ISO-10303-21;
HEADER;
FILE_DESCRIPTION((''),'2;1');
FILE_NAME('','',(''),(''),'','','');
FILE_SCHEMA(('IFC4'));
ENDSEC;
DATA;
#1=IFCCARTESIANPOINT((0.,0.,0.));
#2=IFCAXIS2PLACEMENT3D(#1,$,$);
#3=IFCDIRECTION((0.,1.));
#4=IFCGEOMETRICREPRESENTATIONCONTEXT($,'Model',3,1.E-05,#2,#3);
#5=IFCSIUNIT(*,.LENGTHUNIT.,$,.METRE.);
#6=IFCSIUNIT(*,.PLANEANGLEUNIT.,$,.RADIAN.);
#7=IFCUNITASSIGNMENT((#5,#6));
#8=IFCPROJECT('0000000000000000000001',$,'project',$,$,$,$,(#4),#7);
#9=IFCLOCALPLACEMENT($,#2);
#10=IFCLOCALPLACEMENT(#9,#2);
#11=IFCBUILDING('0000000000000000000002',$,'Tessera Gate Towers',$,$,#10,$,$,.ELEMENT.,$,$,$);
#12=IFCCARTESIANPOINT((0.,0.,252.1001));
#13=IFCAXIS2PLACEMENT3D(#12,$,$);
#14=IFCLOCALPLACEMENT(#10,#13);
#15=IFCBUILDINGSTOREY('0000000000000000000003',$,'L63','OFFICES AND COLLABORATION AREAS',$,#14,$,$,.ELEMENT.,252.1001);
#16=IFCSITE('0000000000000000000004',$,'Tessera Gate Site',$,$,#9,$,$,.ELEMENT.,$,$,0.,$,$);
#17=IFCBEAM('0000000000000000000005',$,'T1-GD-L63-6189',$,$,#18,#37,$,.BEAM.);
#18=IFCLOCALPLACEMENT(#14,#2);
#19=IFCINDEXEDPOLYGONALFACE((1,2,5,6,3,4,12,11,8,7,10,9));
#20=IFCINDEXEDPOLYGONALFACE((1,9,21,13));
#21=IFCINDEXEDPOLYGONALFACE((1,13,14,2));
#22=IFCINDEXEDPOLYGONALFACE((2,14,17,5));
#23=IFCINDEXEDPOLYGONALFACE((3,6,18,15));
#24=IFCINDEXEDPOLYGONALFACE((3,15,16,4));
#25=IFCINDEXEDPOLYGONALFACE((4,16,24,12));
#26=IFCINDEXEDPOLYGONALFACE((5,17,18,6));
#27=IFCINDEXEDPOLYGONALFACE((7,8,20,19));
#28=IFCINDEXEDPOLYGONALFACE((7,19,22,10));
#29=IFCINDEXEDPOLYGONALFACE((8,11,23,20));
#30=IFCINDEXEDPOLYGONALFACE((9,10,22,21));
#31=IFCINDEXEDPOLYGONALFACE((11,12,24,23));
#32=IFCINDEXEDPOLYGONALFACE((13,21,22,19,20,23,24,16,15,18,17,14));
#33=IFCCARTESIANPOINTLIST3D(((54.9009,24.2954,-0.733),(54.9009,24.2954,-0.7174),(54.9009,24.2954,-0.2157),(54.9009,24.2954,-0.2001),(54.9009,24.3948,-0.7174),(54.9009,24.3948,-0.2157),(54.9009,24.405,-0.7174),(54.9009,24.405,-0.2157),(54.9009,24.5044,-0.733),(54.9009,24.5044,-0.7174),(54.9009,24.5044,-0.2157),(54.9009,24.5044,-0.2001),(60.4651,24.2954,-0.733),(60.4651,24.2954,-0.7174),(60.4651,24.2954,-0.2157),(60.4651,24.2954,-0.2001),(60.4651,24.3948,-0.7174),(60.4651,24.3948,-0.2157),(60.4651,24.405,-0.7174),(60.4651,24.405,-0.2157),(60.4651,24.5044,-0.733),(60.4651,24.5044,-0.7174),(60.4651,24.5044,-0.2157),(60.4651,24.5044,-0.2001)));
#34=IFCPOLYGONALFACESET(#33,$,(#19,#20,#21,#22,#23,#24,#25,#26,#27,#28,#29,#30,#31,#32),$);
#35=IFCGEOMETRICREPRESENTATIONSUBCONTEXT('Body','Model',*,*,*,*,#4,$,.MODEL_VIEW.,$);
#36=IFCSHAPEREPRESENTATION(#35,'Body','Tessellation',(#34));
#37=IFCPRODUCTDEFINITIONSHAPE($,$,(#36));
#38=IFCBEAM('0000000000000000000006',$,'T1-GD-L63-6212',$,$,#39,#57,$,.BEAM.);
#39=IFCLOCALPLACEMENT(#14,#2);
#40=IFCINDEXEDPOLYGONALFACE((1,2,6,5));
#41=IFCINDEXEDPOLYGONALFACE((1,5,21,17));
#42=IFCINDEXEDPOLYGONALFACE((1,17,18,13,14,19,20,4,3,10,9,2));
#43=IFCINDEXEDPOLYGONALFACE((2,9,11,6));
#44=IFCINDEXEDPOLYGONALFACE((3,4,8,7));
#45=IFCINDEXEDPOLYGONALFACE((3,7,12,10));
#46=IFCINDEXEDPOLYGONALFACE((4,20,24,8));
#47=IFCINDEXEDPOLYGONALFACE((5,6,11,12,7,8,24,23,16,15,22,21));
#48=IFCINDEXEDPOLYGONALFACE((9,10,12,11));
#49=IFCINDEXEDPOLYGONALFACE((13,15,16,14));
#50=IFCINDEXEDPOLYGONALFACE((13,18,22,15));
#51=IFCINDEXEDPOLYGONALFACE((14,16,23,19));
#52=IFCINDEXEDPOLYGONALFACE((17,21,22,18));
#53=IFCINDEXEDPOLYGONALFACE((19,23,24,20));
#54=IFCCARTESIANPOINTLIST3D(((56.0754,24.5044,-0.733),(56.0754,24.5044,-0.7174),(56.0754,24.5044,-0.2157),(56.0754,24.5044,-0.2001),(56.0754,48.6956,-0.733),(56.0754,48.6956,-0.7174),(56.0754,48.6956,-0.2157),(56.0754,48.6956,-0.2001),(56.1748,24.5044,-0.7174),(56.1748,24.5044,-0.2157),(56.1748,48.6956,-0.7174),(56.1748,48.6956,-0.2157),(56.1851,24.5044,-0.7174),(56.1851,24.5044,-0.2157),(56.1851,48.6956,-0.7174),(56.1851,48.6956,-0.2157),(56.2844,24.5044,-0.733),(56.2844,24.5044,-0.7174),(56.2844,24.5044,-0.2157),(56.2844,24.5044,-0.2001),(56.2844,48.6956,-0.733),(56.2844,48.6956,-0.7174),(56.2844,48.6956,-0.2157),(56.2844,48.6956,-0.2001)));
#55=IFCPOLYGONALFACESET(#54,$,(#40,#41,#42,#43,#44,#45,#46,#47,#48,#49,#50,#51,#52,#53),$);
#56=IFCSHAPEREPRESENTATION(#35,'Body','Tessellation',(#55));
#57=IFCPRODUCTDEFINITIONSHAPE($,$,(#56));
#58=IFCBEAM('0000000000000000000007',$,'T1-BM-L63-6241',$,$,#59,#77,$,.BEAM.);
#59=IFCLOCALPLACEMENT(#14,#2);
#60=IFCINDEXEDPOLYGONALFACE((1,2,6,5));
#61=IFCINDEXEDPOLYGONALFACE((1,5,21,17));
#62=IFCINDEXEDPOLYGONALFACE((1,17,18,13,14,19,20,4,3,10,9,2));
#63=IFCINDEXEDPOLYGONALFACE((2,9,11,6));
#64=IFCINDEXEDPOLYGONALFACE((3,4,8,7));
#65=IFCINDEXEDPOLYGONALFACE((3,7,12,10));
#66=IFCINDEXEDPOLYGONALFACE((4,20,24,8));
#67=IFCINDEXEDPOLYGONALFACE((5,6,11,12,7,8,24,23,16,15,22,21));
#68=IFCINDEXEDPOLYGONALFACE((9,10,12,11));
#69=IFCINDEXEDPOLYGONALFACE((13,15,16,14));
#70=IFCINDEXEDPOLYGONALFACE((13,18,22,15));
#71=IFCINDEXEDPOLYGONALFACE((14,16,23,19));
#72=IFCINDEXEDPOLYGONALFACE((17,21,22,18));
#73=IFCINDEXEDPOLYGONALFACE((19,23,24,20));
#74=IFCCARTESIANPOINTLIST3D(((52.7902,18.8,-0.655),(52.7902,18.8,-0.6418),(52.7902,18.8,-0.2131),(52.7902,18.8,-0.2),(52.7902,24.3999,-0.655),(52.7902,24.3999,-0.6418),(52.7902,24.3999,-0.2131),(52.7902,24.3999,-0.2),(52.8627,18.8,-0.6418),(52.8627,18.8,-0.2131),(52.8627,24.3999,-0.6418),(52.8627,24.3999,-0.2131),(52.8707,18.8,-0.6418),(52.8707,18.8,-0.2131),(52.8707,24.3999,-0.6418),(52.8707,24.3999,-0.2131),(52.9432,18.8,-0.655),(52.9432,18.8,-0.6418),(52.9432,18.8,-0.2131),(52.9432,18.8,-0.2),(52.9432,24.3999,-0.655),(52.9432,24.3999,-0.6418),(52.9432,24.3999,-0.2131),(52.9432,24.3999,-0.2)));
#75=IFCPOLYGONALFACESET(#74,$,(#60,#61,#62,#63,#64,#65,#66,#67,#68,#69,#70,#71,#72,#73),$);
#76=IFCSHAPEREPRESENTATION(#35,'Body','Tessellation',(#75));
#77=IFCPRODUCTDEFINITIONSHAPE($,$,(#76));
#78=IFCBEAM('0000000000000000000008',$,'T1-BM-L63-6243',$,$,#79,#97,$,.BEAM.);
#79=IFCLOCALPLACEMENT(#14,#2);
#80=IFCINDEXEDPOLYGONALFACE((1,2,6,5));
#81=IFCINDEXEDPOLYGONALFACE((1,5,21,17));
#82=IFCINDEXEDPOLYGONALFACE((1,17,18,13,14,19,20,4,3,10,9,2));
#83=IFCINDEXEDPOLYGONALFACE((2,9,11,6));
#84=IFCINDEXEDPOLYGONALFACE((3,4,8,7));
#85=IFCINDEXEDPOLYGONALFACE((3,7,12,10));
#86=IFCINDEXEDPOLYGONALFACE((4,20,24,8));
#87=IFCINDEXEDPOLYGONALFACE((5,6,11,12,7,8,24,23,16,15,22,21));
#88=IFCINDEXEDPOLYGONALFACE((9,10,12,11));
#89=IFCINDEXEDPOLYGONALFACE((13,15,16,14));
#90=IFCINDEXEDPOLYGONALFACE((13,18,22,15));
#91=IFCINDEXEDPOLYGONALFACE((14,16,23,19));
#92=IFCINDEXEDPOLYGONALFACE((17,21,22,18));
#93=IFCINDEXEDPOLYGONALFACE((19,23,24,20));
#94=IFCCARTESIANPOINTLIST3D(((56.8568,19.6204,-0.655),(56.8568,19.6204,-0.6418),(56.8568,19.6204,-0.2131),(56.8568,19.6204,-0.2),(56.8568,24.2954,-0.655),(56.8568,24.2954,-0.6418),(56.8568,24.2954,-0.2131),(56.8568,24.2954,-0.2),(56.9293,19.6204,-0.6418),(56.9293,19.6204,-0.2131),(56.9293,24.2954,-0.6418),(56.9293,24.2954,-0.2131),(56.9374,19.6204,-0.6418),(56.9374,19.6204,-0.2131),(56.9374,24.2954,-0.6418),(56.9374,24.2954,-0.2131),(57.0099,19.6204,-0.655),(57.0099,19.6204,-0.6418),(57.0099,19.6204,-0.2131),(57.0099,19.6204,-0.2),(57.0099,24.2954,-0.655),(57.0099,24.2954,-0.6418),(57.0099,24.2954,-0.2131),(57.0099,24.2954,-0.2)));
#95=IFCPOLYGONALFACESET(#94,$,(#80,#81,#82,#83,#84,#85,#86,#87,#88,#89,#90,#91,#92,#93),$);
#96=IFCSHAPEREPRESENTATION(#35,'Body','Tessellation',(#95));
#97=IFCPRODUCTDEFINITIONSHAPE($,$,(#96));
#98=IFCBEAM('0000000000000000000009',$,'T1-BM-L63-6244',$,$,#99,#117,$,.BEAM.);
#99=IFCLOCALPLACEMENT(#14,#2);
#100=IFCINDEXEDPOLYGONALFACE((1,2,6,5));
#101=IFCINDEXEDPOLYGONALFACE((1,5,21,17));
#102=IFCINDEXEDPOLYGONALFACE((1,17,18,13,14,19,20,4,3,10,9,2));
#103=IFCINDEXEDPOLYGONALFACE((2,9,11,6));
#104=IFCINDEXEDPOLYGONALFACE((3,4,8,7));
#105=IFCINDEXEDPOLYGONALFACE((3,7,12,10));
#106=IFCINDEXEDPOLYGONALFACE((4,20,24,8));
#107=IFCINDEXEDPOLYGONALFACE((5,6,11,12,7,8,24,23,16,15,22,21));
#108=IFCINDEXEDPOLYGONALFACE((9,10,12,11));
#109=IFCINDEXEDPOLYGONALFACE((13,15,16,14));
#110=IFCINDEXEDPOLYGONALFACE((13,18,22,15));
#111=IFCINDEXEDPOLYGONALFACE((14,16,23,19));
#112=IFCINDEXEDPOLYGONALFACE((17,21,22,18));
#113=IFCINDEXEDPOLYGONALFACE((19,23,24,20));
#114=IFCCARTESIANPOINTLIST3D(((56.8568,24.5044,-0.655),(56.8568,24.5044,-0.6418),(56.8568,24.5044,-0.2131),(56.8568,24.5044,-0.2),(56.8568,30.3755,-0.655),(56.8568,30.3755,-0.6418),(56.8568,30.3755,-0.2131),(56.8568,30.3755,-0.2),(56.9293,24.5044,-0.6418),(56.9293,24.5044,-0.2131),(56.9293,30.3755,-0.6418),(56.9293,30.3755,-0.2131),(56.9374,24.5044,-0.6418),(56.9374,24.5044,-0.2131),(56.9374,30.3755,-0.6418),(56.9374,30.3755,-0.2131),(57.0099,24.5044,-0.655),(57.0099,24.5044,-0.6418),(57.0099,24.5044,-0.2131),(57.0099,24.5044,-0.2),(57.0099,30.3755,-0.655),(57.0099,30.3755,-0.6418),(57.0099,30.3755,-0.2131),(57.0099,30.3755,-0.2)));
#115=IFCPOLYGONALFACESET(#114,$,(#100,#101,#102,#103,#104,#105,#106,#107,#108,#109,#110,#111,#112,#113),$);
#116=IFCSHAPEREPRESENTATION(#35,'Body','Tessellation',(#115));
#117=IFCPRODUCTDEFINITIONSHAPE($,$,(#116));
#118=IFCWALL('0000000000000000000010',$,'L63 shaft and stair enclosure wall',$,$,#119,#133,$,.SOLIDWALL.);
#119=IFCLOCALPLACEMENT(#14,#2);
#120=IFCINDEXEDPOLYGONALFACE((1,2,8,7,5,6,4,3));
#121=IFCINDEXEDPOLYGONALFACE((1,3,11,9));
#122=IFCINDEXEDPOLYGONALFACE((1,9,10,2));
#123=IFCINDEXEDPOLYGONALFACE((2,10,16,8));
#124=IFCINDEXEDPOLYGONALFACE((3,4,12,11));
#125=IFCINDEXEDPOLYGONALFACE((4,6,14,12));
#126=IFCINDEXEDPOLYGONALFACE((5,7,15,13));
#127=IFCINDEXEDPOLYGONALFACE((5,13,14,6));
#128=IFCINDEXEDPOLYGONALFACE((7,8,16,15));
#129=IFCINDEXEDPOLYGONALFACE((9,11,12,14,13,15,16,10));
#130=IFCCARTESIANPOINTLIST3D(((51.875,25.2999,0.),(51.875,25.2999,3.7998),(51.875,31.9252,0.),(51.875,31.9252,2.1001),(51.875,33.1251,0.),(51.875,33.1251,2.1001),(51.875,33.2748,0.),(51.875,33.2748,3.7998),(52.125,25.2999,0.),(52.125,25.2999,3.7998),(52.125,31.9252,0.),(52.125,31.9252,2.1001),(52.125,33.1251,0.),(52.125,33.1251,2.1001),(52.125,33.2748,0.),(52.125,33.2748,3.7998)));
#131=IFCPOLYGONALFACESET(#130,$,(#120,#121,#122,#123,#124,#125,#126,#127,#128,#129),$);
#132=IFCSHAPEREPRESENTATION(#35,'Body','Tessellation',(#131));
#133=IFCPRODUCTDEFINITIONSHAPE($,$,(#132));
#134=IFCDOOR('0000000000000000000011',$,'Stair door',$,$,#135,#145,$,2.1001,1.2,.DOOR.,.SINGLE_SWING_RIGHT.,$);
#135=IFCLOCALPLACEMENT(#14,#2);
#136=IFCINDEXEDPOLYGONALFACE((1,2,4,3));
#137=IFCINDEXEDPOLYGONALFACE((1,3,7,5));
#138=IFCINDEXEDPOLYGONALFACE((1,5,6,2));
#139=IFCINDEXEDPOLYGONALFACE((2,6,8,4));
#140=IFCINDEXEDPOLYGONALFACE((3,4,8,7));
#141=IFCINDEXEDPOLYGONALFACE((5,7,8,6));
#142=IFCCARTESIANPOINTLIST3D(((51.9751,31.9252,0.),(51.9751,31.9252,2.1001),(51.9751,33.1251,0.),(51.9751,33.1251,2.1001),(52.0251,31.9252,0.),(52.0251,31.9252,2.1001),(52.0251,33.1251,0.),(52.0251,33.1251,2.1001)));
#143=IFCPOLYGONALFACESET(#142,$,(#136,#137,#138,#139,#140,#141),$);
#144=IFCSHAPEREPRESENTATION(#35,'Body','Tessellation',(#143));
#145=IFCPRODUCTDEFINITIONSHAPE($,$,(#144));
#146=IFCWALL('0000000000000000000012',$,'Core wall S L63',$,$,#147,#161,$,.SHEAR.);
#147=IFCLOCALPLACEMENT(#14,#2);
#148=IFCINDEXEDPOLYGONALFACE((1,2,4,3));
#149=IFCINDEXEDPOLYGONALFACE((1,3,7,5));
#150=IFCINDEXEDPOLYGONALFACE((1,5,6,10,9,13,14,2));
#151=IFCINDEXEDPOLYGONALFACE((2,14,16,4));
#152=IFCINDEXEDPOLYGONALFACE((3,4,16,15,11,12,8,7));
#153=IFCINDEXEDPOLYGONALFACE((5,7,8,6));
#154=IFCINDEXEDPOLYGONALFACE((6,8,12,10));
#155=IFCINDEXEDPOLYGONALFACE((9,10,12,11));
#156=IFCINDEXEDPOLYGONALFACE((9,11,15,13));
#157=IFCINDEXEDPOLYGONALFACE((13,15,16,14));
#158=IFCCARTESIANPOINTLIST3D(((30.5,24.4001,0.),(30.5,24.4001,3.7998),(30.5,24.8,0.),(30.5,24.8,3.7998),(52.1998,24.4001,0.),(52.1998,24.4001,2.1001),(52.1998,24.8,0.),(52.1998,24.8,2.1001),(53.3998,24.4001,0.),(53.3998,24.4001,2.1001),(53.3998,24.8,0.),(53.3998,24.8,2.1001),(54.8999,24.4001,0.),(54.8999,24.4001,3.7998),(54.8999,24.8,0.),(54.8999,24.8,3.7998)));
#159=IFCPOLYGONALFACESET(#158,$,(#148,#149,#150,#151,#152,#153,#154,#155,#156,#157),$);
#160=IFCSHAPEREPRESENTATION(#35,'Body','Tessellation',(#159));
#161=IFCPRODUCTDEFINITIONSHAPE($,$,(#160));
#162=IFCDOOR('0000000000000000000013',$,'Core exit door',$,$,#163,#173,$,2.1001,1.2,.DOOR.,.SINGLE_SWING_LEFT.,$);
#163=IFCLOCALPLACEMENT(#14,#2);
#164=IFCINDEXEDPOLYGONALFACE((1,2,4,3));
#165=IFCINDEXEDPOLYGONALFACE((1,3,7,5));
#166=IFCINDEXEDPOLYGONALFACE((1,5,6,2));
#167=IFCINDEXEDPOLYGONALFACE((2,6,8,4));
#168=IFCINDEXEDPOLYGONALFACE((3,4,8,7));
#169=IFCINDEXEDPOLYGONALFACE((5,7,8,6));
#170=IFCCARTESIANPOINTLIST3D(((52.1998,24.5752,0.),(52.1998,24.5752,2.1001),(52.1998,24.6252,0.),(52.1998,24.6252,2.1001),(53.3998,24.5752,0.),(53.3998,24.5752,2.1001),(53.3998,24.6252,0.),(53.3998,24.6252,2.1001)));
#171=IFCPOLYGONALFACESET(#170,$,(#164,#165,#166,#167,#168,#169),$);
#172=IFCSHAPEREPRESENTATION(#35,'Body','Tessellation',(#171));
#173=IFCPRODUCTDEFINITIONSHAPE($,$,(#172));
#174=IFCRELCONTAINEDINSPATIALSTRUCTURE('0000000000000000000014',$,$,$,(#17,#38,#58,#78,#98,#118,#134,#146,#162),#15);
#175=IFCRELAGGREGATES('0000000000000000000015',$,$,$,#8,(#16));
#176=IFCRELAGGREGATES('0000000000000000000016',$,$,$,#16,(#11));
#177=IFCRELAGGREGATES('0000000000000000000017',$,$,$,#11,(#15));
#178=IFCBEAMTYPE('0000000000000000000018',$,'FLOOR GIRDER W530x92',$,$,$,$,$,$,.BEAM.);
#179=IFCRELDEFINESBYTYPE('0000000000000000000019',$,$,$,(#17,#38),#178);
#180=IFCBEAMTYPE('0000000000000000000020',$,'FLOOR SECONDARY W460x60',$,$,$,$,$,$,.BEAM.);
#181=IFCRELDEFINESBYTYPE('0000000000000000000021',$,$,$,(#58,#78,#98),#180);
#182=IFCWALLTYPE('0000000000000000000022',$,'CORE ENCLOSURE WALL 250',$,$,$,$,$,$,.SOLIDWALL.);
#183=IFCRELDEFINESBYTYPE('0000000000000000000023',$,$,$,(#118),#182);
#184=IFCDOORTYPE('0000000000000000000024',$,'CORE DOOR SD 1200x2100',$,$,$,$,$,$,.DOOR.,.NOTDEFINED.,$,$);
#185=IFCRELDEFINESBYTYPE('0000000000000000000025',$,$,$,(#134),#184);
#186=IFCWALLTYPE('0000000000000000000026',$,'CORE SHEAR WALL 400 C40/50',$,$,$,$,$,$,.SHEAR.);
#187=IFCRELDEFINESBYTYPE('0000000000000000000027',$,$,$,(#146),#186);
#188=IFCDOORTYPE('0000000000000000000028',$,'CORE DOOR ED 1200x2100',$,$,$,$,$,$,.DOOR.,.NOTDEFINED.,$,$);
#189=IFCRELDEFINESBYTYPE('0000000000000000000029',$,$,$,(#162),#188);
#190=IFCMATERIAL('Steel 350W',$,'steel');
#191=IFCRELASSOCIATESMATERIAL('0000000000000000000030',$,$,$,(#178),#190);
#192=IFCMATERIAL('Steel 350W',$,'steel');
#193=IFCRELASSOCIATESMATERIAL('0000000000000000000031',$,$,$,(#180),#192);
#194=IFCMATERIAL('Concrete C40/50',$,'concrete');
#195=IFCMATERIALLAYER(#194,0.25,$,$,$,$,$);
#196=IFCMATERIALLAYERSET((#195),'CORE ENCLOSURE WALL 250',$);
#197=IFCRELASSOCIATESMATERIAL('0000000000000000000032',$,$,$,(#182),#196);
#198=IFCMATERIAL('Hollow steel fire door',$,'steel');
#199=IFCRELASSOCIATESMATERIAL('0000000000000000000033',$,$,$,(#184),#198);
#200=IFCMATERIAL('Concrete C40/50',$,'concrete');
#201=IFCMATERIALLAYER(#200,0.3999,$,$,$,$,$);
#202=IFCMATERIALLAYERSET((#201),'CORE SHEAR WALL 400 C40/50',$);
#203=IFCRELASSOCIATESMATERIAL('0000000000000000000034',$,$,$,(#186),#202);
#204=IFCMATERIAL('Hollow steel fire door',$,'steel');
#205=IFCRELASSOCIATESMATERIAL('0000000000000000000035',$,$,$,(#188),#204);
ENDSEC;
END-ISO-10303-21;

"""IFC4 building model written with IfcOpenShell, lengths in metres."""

from ifc_helpers import new_model, si_unit, direction, frame, frame_2d, origin, origin_2d, place, context, subcontext, project, spatial, rectangle, i_section, extrude, source, transform, mapped, material, layer, layer_set, material_profile, profile_set, type_object, element, fill, save


model = new_model("IFC4")

# Units and contexts
model_context = context("Model", 3, precision=1e-05, world=origin(), true_north=direction((0.0, 1.0)))
body_context = subcontext(model_context, "Body", "Model", "MODEL_VIEW")
ifc_project = project(units=[si_unit("LENGTHUNIT", "METRE"), si_unit("PLANEANGLEUNIT", "RADIAN")], contexts=[model_context])

# Site, building, storey
site_placement = place(None, origin())
site = spatial("IfcSite", under=ifc_project, at=site_placement, Name="Tessera Gate Site", CompositionType="ELEMENT", RefElevation=0.0)
building_placement = place(site_placement, origin())
building = spatial("IfcBuilding", under=site, at=building_placement, Name="Tessera Gate Towers", CompositionType="ELEMENT")
storey_placement = place(building_placement, frame((0.0, 0.0, 252.1001)))
storey = spatial("IfcBuildingStorey", under=building, at=storey_placement, Name="L63", Description="OFFICES AND COLLABORATION AREAS", CompositionType="ELEMENT", Elevation=252.1001)

# Beams
ifc_material_1 = material(Name="Steel 350W", Category="steel")
ifc_material_profile_1 = material_profile(ifc_material_1, i_section(OverallWidth=0.209, OverallDepth=0.533, WebThickness=0.0103, FlangeThickness=0.0156, at=origin_2d()), Name="W530x92")
ifc_profile_set_1 = profile_set([ifc_material_profile_1], Name="Steel 350W")
beam_type_1 = type_object("IfcBeamType", Name="FLOOR GIRDER W530x92", PredefinedType="BEAM", material=ifc_profile_set_1)
beam_1_placement = place(storey_placement, frame((54.9009, 24.3999, -0.4666), z_axis=(1.0, 0.0, 0.0), x_axis=(0.0, 1.0, 0.0)))
element("IfcBeam", 1, at=beam_1_placement, inside=storey, type_object=beam_type_1, Name="T1-GD-L63-6189", PredefinedType="BEAM", context=body_context, shape_type="SweptSolid", body=[
    extrude(i_section(OverallWidth=0.209, OverallDepth=0.533, WebThickness=0.0103, FlangeThickness=0.0156, at=origin_2d()), origin(), (0.0, 0.0, 1.0), 5.5642),
])
beam_2_placement = place(storey_placement, frame((56.1799, 24.5044, -0.4666), z_axis=(0.0, 1.0, 0.0), x_axis=(-1.0, 0.0, 0.0)))
element("IfcBeam", 2, at=beam_2_placement, inside=storey, type_object=beam_type_1, Name="T1-GD-L63-6212", PredefinedType="BEAM", context=body_context, shape_type="SweptSolid", body=[
    extrude(i_section(OverallWidth=0.209, OverallDepth=0.533, WebThickness=0.0103, FlangeThickness=0.0156, at=origin_2d()), origin(), (0.0, 0.0, 1.0), 24.1912),
])
ifc_material_2 = material(Name="Steel 350W", Category="steel")
ifc_material_profile_2 = material_profile(ifc_material_2, i_section(OverallWidth=0.1531, OverallDepth=0.4551, WebThickness=0.0081, FlangeThickness=0.0132, at=origin_2d()), Name="W460x60")
ifc_profile_set_2 = profile_set([ifc_material_profile_2], Name="Steel 350W")
beam_type_2 = type_object("IfcBeamType", Name="FLOOR SECONDARY W460x60", PredefinedType="BEAM", material=ifc_profile_set_2)
beam_3_placement = place(storey_placement, frame((52.8667, 18.8, -0.4275), z_axis=(0.0, 1.0, 0.0), x_axis=(-1.0, 0.0, 0.0)))
element("IfcBeam", 3, at=beam_3_placement, inside=storey, type_object=beam_type_2, Name="T1-BM-L63-6241", PredefinedType="BEAM", context=body_context, shape_type="SweptSolid", body=[
    extrude(i_section(OverallWidth=0.1531, OverallDepth=0.4551, WebThickness=0.0081, FlangeThickness=0.0132, at=origin_2d()), origin(), (0.0, 0.0, 1.0), 5.5999),
])
beam_4_placement = place(storey_placement, frame((56.9333, 19.6204, -0.4275), z_axis=(0.0, 1.0, 0.0), x_axis=(-1.0, 0.0, 0.0)))
element("IfcBeam", 4, at=beam_4_placement, inside=storey, type_object=beam_type_2, Name="T1-BM-L63-6243", PredefinedType="BEAM", context=body_context, shape_type="SweptSolid", body=[
    extrude(i_section(OverallWidth=0.1531, OverallDepth=0.4551, WebThickness=0.0081, FlangeThickness=0.0132, at=origin_2d()), origin(), (0.0, 0.0, 1.0), 4.675),
])
beam_5_placement = place(storey_placement, frame((56.9333, 24.5044, -0.4275), z_axis=(0.0, 1.0, 0.0), x_axis=(-1.0, 0.0, 0.0)))
element("IfcBeam", 5, at=beam_5_placement, inside=storey, type_object=beam_type_2, Name="T1-BM-L63-6244", PredefinedType="BEAM", context=body_context, shape_type="SweptSolid", body=[
    extrude(i_section(OverallWidth=0.1531, OverallDepth=0.4551, WebThickness=0.0081, FlangeThickness=0.0132, at=origin_2d()), origin(), (0.0, 0.0, 1.0), 5.8711),
])

# Walls, openings, doors
ifc_material_3 = material(Name="Concrete C40/50", Category="concrete")
ifc_layer_1 = layer(ifc_material_3, 0.25)
ifc_layer_set_1 = layer_set([ifc_layer_1], Name="CORE ENCLOSURE WALL 250")
wall_type_1 = type_object("IfcWallType", Name="CORE ENCLOSURE WALL 250", PredefinedType="SOLIDWALL", material=ifc_layer_set_1)
wall_1_placement = place(storey_placement, frame((52.0, 25.3, 0.0), z_axis=(0.0, 0.0, 1.0), x_axis=(0.0, 1.0, 0.0)))
wall_1 = element("IfcWall", 6, at=wall_1_placement, inside=storey, type_object=wall_type_1, Name="L63 shaft and stair enclosure wall", PredefinedType="SOLIDWALL", context=body_context, shape_type="SweptSolid", body=[
    extrude(rectangle(XDim=7.9749, YDim=0.25, at=frame_2d((3.9873, 0.0))), origin(), (0.0, 0.0, 1.0), 3.7998),
])
shared_shape_1 = source(origin(), body_context, "Body", "SweptSolid", [
    extrude(rectangle(XDim=1.2, YDim=2.1001, at=frame_2d((0.6001, 1.05))), frame((0.0, 0.135, 0.0), z_axis=(0.0, -1.0, 0.0), x_axis=(1.0, 0.0, 0.0)), (0.0, 0.0, 1.0), 0.27),
])
opening_1_placement = place(wall_1_placement, frame((6.625, 0.0, 0.0)))
opening_1 = element("IfcOpeningElement", 7, at=opening_1_placement, cuts=wall_1, PredefinedType="OPENING", context=body_context, shape_type="MappedRepresentation", body=[
    mapped(shared_shape_1, transform((0.0, 0.0, 0.0), scale=1.0)),
])
ifc_material_4 = material(Name="Hollow steel fire door", Category="steel")
door_type_1 = type_object("IfcDoorType", Name="CORE DOOR SD 1200x2100", OperationType="NOTDEFINED", PredefinedType="DOOR", material=ifc_material_4)
shared_shape_2 = source(origin(), body_context, "Body", "SweptSolid", [
    extrude(rectangle(XDim=1.2, YDim=2.1001, at=frame_2d((0.6001, 1.05))), frame((0.0, 0.0249, 0.0), z_axis=(0.0, -1.0, 0.0), x_axis=(1.0, 0.0, 0.0)), (0.0, 0.0, 1.0), 0.05),
])
door_1_placement = place(opening_1_placement, origin())
door_1 = element("IfcDoor", 8, at=door_1_placement, inside=storey, type_object=door_type_1, Name="Stair door", OperationType="SINGLE_SWING_RIGHT", OverallHeight=2.1001, OverallWidth=1.2, PredefinedType="DOOR", context=body_context, shape_type="MappedRepresentation", body=[
    mapped(shared_shape_2, transform((0.0, 0.0, 0.0), scale=1.0)),
])
fill(opening_1, door_1)
ifc_material_5 = material(Name="Concrete C40/50", Category="concrete")
ifc_layer_2 = layer(ifc_material_5, 0.3999)
ifc_layer_set_2 = layer_set([ifc_layer_2], Name="CORE SHEAR WALL 400 C40/50")
wall_type_2 = type_object("IfcWallType", Name="CORE SHEAR WALL 400 C40/50", PredefinedType="SHEAR", material=ifc_layer_set_2)
wall_2_placement = place(storey_placement, frame((54.8999, 24.6001, 0.0), z_axis=(0.0, 0.0, 1.0), x_axis=(-1.0, 0.0, 0.0)))
wall_2 = element("IfcWall", 9, at=wall_2_placement, inside=storey, type_object=wall_type_2, Name="Core wall S L63", PredefinedType="SHEAR", context=body_context, shape_type="SweptSolid", body=[
    extrude(rectangle(XDim=24.3999, YDim=0.3999, at=frame_2d((12.2, 0.0))), origin(), (0.0, 0.0, 1.0), 3.7998),
])
shared_shape_3 = source(origin(), body_context, "Body", "SweptSolid", [
    extrude(rectangle(XDim=1.2, YDim=2.1001, at=frame_2d((0.6001, 1.05))), frame((0.0, 0.21, 0.0), z_axis=(0.0, -1.0, 0.0), x_axis=(1.0, 0.0, 0.0)), (0.0, 0.0, 1.0), 0.4199),
])
opening_2_placement = place(wall_2_placement, frame((1.5, 0.0, 0.0)))
opening_2 = element("IfcOpeningElement", 10, at=opening_2_placement, cuts=wall_2, PredefinedType="OPENING", context=body_context, shape_type="MappedRepresentation", body=[
    mapped(shared_shape_3, transform((0.0, 0.0, 0.0), scale=1.0)),
])
ifc_material_6 = material(Name="Hollow steel fire door", Category="steel")
door_type_2 = type_object("IfcDoorType", Name="CORE DOOR ED 1200x2100", OperationType="NOTDEFINED", PredefinedType="DOOR", material=ifc_material_6)
door_2_placement = place(opening_2_placement, origin())
door_2 = element("IfcDoor", 11, at=door_2_placement, inside=storey, type_object=door_type_2, Name="Core exit door", OperationType="SINGLE_SWING_LEFT", OverallHeight=2.1001, OverallWidth=1.2, PredefinedType="DOOR", context=body_context, shape_type="MappedRepresentation", body=[
    mapped(shared_shape_2, transform((0.0, 0.0, 0.0), scale=1.0)),
])
fill(opening_2, door_2)

save(model, "model.ifc")
